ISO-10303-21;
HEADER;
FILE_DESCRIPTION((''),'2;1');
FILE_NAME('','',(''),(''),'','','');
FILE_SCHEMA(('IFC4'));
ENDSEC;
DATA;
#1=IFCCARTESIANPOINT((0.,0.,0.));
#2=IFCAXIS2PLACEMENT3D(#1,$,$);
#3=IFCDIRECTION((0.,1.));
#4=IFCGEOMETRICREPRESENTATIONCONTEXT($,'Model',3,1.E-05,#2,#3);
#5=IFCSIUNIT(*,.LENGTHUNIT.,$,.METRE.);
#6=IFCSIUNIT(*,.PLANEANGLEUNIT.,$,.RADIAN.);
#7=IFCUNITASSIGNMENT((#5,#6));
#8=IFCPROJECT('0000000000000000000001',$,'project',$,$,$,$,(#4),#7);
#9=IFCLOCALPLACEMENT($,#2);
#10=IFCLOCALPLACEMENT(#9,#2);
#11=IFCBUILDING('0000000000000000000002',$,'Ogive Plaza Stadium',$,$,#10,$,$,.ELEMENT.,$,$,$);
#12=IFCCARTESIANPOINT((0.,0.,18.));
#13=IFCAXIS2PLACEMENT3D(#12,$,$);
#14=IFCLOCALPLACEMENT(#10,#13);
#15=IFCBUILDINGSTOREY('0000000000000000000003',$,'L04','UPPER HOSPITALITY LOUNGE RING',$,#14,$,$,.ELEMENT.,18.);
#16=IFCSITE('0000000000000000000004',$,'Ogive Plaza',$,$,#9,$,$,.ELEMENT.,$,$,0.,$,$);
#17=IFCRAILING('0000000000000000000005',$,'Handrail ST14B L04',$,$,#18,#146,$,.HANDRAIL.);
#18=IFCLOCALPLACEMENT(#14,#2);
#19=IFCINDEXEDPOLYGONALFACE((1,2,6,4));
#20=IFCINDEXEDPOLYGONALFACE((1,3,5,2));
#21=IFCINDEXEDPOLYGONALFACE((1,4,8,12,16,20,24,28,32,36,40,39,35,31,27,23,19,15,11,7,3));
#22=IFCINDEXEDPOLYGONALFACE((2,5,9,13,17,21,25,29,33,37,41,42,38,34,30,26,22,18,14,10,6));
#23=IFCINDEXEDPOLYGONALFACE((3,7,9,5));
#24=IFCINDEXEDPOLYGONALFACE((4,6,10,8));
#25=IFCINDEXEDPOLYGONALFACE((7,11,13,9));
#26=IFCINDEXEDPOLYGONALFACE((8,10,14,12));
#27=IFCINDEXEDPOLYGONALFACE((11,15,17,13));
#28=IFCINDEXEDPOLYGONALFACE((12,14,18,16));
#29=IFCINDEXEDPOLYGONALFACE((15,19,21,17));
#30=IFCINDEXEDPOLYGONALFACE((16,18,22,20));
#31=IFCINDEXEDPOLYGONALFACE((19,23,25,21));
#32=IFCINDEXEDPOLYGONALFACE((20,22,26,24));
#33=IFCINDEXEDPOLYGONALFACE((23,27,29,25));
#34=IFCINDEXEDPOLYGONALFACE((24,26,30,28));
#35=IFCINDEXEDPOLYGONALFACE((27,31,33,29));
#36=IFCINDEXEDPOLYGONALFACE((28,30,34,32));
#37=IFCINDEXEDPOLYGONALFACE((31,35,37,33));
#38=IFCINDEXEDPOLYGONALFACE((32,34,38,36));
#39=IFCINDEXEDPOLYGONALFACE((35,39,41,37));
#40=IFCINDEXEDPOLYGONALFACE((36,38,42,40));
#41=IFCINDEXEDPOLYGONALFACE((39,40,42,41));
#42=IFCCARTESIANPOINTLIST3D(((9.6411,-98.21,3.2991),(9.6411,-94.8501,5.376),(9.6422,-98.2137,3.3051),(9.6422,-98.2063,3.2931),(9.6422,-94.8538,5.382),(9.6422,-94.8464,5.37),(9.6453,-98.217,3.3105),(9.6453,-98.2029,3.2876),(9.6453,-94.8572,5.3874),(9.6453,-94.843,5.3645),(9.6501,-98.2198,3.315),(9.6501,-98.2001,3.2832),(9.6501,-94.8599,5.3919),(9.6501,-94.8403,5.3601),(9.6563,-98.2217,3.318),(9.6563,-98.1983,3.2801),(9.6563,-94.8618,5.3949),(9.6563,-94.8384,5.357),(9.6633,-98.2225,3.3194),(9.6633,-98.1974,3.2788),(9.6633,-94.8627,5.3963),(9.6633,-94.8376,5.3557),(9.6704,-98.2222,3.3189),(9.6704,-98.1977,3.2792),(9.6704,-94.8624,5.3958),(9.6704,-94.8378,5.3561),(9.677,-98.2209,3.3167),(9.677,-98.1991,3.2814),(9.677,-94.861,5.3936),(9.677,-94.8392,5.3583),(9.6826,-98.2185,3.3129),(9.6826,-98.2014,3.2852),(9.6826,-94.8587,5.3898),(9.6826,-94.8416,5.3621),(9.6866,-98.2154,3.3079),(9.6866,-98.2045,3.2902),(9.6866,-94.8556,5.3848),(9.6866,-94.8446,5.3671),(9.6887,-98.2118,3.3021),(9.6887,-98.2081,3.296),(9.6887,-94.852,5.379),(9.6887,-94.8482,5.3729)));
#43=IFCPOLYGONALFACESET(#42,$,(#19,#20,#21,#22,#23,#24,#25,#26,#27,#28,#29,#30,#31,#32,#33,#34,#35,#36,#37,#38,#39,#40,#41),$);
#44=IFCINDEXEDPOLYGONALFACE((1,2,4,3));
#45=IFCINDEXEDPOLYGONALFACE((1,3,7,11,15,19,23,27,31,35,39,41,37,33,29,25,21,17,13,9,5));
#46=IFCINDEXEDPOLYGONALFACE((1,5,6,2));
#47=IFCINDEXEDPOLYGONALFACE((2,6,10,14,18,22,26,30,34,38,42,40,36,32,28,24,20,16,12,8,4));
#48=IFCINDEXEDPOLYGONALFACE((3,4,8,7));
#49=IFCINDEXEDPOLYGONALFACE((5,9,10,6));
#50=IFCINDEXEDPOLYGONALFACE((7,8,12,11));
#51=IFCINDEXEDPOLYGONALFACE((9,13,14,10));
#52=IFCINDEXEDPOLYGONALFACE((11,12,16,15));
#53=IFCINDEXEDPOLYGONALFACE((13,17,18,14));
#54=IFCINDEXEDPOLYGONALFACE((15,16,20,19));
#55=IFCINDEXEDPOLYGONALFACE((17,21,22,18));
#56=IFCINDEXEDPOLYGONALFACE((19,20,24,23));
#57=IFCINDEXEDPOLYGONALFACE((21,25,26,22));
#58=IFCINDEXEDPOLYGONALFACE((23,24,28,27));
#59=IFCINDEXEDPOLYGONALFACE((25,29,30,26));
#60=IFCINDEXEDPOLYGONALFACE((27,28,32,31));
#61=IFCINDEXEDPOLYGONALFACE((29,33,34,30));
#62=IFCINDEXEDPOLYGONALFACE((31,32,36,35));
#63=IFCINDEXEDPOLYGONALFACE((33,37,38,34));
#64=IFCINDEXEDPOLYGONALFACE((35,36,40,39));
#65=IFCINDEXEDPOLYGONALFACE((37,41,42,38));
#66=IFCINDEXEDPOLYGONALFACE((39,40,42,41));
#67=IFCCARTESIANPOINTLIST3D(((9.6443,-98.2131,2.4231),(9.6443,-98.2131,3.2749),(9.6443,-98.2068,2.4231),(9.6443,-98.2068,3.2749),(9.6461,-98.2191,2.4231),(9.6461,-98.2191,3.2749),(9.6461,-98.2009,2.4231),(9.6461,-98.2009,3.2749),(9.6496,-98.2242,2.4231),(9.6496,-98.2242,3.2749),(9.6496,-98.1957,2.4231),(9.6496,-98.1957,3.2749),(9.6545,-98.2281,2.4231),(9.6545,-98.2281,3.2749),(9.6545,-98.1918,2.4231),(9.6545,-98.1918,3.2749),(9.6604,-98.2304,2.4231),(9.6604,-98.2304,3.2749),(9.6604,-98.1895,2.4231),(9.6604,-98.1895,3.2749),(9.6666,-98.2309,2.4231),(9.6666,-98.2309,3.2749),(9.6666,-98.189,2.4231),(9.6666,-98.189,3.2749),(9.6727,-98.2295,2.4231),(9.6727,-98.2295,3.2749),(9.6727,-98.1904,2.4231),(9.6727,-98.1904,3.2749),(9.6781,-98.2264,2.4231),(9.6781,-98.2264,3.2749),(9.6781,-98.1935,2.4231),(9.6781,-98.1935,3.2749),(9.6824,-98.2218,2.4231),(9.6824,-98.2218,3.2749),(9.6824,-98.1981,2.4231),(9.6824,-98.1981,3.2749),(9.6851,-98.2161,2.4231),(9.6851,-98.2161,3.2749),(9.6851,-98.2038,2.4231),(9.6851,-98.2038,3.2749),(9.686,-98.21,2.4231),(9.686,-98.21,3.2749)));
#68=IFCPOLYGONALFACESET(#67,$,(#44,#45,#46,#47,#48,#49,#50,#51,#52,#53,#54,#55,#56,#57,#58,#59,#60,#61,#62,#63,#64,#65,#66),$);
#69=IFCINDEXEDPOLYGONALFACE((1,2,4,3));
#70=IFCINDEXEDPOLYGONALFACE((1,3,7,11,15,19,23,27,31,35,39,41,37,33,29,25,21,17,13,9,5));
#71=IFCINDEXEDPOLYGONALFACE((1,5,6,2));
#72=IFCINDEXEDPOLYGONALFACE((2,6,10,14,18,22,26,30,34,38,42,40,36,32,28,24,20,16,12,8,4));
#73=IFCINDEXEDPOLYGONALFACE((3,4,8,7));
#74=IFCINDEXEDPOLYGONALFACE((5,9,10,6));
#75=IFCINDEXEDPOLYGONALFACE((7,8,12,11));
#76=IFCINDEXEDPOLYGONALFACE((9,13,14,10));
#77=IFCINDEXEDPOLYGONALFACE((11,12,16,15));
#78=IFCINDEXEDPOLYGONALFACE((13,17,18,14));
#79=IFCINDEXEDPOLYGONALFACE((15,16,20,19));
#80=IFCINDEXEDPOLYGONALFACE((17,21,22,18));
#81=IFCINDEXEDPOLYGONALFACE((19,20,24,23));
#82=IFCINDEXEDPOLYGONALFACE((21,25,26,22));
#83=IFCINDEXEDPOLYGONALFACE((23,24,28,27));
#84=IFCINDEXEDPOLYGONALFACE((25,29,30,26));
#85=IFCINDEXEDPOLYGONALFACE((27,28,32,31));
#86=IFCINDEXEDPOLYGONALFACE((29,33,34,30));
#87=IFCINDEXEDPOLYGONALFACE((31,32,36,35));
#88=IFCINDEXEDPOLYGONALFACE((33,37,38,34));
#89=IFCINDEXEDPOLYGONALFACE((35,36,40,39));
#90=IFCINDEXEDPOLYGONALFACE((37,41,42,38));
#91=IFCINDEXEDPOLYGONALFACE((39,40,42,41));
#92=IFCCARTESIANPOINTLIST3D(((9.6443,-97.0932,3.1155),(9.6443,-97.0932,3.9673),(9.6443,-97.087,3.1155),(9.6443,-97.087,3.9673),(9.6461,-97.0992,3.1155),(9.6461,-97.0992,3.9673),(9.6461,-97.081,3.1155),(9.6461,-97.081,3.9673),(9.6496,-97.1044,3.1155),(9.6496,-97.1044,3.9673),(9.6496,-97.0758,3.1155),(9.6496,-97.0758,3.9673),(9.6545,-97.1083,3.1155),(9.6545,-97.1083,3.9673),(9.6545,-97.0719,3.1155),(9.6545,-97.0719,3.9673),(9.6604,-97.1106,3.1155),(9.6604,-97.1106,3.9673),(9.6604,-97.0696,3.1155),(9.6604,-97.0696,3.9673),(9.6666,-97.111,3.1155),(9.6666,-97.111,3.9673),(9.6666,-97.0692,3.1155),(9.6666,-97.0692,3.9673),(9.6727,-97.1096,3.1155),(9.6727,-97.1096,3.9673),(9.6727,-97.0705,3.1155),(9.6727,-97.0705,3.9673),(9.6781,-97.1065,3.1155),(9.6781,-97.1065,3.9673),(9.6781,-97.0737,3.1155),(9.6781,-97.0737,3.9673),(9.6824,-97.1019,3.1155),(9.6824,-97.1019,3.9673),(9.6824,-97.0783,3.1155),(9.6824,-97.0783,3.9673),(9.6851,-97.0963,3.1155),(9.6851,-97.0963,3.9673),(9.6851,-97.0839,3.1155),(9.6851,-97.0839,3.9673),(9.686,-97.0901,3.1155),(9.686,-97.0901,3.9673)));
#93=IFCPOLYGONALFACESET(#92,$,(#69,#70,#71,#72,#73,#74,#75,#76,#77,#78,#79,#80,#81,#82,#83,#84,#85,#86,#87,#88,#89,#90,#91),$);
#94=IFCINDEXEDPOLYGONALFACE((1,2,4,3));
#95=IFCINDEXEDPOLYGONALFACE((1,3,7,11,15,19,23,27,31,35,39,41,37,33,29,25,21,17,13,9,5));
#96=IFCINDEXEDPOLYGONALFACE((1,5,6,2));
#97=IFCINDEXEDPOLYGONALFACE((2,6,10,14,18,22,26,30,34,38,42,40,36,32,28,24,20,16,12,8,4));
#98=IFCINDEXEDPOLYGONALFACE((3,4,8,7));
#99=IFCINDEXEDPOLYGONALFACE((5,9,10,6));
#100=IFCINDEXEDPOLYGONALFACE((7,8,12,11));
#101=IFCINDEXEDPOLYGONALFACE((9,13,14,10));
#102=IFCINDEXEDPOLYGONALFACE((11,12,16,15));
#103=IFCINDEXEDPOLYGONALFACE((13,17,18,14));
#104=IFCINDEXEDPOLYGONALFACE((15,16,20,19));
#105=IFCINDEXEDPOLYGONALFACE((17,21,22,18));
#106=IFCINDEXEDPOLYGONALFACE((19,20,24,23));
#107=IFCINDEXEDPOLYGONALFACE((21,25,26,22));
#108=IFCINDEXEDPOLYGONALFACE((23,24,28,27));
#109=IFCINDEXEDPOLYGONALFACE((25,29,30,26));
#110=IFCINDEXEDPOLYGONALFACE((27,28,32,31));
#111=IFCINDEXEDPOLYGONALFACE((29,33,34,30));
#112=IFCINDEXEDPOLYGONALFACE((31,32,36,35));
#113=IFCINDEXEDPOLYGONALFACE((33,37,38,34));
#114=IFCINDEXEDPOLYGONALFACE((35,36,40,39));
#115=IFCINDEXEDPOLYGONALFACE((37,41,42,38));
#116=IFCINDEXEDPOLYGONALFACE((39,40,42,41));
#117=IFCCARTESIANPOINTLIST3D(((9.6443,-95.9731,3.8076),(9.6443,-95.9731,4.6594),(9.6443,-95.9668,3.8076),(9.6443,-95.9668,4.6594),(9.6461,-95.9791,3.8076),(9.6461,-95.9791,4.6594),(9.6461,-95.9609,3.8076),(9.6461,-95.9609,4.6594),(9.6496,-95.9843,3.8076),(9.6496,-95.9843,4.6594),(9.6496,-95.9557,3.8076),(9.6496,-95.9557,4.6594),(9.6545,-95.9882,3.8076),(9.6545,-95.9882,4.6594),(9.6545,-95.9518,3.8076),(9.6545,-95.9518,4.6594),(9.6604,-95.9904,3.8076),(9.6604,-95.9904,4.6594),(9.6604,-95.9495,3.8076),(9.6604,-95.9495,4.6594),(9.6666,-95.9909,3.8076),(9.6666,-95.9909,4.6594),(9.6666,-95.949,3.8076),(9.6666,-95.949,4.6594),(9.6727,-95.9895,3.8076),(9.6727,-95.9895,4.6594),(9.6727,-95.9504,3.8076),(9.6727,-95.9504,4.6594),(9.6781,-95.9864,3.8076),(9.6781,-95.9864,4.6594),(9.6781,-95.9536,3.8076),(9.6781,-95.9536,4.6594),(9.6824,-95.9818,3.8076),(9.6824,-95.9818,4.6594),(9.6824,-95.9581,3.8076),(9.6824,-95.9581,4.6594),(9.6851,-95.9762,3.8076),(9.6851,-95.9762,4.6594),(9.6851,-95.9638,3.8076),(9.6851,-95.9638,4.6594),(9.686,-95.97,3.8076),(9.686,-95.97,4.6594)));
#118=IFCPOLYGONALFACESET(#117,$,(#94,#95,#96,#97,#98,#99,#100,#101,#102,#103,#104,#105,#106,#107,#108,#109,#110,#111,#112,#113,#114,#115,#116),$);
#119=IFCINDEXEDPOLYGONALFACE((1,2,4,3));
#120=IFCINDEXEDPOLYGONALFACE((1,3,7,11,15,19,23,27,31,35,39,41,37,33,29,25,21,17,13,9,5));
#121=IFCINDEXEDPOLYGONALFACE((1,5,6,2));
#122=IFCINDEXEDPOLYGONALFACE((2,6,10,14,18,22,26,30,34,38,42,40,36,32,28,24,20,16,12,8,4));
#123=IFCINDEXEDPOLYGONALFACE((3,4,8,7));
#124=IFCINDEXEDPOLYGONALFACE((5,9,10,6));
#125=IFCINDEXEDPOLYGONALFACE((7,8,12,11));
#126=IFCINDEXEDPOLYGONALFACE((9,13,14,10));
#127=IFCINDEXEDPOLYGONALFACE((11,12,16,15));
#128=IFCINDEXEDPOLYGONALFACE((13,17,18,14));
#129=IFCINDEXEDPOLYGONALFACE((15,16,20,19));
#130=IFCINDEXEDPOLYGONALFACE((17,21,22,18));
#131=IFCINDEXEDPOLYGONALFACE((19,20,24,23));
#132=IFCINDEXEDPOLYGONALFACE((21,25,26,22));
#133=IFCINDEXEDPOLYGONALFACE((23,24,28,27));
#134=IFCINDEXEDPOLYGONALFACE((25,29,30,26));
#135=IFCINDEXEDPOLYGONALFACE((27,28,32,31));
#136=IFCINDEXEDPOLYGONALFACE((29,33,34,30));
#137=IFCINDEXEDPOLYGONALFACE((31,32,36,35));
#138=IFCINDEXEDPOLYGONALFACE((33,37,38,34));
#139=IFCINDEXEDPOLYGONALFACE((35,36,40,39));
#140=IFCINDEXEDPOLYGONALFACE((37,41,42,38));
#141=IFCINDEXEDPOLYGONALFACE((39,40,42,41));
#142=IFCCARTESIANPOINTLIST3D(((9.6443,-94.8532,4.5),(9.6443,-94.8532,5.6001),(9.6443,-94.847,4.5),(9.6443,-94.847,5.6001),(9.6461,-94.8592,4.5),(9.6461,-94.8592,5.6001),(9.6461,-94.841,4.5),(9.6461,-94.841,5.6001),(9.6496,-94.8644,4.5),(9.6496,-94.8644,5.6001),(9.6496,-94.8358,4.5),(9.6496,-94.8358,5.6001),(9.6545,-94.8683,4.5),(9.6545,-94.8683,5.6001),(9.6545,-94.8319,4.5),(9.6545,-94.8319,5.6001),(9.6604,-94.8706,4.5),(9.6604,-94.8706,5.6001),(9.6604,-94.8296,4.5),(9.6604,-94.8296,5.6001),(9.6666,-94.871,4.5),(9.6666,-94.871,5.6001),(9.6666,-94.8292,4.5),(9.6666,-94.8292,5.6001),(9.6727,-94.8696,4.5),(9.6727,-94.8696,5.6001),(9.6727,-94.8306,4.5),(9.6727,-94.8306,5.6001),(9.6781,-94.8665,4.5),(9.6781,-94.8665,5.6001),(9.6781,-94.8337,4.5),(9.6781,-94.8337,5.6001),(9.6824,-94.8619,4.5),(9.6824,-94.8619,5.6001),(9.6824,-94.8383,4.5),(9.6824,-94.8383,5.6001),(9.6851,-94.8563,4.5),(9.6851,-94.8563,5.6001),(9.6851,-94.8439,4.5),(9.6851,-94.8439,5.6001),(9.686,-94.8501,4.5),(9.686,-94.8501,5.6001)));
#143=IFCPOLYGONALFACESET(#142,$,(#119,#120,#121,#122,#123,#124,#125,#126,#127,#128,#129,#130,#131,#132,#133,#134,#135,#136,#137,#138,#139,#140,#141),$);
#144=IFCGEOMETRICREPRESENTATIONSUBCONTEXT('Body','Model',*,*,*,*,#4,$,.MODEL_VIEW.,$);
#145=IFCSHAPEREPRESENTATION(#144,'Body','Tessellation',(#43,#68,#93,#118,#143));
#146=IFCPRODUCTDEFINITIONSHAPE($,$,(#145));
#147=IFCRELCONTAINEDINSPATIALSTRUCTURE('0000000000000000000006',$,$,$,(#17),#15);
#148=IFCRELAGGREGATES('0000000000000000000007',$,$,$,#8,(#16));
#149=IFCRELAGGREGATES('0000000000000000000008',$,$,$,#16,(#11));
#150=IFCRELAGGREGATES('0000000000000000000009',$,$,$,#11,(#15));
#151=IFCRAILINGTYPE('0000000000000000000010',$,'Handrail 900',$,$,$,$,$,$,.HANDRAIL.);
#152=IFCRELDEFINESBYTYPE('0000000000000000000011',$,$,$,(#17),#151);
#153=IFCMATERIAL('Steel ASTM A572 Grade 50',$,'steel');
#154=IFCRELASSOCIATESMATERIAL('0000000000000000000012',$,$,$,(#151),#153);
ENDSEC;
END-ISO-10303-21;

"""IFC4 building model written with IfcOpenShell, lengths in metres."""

from ifc_helpers import new_model, si_unit, direction, frame, origin, origin_2d, place, context, subcontext, project, spatial, circle, extrude, material, type_object, element, save


model = new_model("IFC4")

# Units and contexts
model_context = context("Model", 3, precision=1e-05, world=origin(), true_north=direction((0.0, 1.0)))
body_context = subcontext(model_context, "Body", "Model", "MODEL_VIEW")
ifc_project = project(units=[si_unit("LENGTHUNIT", "METRE"), si_unit("PLANEANGLEUNIT", "RADIAN")], contexts=[model_context])

# Site, building, storey
site_placement = place(None, origin())
site = spatial("IfcSite", under=ifc_project, at=site_placement, Name="Ogive Plaza", CompositionType="ELEMENT", RefElevation=0.0)
building_placement = place(site_placement, origin())
building = spatial("IfcBuilding", under=site, at=building_placement, Name="Ogive Plaza Stadium", CompositionType="ELEMENT")
storey_placement = place(building_placement, frame((0.0, 0.0, 18.0)))
storey = spatial("IfcBuildingStorey", under=building, at=storey_placement, Name="L04", Description="UPPER HOSPITALITY LOUNGE RING", CompositionType="ELEMENT", Elevation=18.0)

# Railing
ifc_material_1 = material(Name="Steel ASTM A572 Grade 50", Category="steel")
railing_type_1 = type_object("IfcRailingType", Name="Handrail 900", PredefinedType="HANDRAIL", material=ifc_material_1)
for number, where, name in (
    (1, (9.665, -98.21, 2.4231), "Handrail ST14B L04"),
):
    element("IfcRailing", number, at=place(storey_placement, frame(where)), inside=storey, type_object=railing_type_1, Name=name, PredefinedType="HANDRAIL", context=body_context, shape_type="SweptSolid", body=[
        extrude(circle(Radius=0.0239, at=origin_2d()), frame((0.0, 0.0, 0.876), z_axis=(0.0, 0.850606, 0.525803), x_axis=(-1.0, 0.0, 0.0)), (0.0, 0.0, 1.0), 3.95),
        extrude(circle(Radius=0.021, at=origin_2d()), origin(), (0.0, 0.0, 1.0), 0.8518),
        extrude(circle(Radius=0.021, at=origin_2d()), frame((0.0, 1.1199, 0.6924)), (0.0, 0.0, 1.0), 0.8518),
        extrude(circle(Radius=0.021, at=origin_2d()), frame((0.0, 2.24, 1.3845)), (0.0, 0.0, 1.0), 0.8518),
        extrude(circle(Radius=0.021, at=origin_2d()), frame((0.0, 3.3599, 2.0769)), (0.0, 0.0, 1.0), 1.1001),
    ])

save(model, "model.ifc")
